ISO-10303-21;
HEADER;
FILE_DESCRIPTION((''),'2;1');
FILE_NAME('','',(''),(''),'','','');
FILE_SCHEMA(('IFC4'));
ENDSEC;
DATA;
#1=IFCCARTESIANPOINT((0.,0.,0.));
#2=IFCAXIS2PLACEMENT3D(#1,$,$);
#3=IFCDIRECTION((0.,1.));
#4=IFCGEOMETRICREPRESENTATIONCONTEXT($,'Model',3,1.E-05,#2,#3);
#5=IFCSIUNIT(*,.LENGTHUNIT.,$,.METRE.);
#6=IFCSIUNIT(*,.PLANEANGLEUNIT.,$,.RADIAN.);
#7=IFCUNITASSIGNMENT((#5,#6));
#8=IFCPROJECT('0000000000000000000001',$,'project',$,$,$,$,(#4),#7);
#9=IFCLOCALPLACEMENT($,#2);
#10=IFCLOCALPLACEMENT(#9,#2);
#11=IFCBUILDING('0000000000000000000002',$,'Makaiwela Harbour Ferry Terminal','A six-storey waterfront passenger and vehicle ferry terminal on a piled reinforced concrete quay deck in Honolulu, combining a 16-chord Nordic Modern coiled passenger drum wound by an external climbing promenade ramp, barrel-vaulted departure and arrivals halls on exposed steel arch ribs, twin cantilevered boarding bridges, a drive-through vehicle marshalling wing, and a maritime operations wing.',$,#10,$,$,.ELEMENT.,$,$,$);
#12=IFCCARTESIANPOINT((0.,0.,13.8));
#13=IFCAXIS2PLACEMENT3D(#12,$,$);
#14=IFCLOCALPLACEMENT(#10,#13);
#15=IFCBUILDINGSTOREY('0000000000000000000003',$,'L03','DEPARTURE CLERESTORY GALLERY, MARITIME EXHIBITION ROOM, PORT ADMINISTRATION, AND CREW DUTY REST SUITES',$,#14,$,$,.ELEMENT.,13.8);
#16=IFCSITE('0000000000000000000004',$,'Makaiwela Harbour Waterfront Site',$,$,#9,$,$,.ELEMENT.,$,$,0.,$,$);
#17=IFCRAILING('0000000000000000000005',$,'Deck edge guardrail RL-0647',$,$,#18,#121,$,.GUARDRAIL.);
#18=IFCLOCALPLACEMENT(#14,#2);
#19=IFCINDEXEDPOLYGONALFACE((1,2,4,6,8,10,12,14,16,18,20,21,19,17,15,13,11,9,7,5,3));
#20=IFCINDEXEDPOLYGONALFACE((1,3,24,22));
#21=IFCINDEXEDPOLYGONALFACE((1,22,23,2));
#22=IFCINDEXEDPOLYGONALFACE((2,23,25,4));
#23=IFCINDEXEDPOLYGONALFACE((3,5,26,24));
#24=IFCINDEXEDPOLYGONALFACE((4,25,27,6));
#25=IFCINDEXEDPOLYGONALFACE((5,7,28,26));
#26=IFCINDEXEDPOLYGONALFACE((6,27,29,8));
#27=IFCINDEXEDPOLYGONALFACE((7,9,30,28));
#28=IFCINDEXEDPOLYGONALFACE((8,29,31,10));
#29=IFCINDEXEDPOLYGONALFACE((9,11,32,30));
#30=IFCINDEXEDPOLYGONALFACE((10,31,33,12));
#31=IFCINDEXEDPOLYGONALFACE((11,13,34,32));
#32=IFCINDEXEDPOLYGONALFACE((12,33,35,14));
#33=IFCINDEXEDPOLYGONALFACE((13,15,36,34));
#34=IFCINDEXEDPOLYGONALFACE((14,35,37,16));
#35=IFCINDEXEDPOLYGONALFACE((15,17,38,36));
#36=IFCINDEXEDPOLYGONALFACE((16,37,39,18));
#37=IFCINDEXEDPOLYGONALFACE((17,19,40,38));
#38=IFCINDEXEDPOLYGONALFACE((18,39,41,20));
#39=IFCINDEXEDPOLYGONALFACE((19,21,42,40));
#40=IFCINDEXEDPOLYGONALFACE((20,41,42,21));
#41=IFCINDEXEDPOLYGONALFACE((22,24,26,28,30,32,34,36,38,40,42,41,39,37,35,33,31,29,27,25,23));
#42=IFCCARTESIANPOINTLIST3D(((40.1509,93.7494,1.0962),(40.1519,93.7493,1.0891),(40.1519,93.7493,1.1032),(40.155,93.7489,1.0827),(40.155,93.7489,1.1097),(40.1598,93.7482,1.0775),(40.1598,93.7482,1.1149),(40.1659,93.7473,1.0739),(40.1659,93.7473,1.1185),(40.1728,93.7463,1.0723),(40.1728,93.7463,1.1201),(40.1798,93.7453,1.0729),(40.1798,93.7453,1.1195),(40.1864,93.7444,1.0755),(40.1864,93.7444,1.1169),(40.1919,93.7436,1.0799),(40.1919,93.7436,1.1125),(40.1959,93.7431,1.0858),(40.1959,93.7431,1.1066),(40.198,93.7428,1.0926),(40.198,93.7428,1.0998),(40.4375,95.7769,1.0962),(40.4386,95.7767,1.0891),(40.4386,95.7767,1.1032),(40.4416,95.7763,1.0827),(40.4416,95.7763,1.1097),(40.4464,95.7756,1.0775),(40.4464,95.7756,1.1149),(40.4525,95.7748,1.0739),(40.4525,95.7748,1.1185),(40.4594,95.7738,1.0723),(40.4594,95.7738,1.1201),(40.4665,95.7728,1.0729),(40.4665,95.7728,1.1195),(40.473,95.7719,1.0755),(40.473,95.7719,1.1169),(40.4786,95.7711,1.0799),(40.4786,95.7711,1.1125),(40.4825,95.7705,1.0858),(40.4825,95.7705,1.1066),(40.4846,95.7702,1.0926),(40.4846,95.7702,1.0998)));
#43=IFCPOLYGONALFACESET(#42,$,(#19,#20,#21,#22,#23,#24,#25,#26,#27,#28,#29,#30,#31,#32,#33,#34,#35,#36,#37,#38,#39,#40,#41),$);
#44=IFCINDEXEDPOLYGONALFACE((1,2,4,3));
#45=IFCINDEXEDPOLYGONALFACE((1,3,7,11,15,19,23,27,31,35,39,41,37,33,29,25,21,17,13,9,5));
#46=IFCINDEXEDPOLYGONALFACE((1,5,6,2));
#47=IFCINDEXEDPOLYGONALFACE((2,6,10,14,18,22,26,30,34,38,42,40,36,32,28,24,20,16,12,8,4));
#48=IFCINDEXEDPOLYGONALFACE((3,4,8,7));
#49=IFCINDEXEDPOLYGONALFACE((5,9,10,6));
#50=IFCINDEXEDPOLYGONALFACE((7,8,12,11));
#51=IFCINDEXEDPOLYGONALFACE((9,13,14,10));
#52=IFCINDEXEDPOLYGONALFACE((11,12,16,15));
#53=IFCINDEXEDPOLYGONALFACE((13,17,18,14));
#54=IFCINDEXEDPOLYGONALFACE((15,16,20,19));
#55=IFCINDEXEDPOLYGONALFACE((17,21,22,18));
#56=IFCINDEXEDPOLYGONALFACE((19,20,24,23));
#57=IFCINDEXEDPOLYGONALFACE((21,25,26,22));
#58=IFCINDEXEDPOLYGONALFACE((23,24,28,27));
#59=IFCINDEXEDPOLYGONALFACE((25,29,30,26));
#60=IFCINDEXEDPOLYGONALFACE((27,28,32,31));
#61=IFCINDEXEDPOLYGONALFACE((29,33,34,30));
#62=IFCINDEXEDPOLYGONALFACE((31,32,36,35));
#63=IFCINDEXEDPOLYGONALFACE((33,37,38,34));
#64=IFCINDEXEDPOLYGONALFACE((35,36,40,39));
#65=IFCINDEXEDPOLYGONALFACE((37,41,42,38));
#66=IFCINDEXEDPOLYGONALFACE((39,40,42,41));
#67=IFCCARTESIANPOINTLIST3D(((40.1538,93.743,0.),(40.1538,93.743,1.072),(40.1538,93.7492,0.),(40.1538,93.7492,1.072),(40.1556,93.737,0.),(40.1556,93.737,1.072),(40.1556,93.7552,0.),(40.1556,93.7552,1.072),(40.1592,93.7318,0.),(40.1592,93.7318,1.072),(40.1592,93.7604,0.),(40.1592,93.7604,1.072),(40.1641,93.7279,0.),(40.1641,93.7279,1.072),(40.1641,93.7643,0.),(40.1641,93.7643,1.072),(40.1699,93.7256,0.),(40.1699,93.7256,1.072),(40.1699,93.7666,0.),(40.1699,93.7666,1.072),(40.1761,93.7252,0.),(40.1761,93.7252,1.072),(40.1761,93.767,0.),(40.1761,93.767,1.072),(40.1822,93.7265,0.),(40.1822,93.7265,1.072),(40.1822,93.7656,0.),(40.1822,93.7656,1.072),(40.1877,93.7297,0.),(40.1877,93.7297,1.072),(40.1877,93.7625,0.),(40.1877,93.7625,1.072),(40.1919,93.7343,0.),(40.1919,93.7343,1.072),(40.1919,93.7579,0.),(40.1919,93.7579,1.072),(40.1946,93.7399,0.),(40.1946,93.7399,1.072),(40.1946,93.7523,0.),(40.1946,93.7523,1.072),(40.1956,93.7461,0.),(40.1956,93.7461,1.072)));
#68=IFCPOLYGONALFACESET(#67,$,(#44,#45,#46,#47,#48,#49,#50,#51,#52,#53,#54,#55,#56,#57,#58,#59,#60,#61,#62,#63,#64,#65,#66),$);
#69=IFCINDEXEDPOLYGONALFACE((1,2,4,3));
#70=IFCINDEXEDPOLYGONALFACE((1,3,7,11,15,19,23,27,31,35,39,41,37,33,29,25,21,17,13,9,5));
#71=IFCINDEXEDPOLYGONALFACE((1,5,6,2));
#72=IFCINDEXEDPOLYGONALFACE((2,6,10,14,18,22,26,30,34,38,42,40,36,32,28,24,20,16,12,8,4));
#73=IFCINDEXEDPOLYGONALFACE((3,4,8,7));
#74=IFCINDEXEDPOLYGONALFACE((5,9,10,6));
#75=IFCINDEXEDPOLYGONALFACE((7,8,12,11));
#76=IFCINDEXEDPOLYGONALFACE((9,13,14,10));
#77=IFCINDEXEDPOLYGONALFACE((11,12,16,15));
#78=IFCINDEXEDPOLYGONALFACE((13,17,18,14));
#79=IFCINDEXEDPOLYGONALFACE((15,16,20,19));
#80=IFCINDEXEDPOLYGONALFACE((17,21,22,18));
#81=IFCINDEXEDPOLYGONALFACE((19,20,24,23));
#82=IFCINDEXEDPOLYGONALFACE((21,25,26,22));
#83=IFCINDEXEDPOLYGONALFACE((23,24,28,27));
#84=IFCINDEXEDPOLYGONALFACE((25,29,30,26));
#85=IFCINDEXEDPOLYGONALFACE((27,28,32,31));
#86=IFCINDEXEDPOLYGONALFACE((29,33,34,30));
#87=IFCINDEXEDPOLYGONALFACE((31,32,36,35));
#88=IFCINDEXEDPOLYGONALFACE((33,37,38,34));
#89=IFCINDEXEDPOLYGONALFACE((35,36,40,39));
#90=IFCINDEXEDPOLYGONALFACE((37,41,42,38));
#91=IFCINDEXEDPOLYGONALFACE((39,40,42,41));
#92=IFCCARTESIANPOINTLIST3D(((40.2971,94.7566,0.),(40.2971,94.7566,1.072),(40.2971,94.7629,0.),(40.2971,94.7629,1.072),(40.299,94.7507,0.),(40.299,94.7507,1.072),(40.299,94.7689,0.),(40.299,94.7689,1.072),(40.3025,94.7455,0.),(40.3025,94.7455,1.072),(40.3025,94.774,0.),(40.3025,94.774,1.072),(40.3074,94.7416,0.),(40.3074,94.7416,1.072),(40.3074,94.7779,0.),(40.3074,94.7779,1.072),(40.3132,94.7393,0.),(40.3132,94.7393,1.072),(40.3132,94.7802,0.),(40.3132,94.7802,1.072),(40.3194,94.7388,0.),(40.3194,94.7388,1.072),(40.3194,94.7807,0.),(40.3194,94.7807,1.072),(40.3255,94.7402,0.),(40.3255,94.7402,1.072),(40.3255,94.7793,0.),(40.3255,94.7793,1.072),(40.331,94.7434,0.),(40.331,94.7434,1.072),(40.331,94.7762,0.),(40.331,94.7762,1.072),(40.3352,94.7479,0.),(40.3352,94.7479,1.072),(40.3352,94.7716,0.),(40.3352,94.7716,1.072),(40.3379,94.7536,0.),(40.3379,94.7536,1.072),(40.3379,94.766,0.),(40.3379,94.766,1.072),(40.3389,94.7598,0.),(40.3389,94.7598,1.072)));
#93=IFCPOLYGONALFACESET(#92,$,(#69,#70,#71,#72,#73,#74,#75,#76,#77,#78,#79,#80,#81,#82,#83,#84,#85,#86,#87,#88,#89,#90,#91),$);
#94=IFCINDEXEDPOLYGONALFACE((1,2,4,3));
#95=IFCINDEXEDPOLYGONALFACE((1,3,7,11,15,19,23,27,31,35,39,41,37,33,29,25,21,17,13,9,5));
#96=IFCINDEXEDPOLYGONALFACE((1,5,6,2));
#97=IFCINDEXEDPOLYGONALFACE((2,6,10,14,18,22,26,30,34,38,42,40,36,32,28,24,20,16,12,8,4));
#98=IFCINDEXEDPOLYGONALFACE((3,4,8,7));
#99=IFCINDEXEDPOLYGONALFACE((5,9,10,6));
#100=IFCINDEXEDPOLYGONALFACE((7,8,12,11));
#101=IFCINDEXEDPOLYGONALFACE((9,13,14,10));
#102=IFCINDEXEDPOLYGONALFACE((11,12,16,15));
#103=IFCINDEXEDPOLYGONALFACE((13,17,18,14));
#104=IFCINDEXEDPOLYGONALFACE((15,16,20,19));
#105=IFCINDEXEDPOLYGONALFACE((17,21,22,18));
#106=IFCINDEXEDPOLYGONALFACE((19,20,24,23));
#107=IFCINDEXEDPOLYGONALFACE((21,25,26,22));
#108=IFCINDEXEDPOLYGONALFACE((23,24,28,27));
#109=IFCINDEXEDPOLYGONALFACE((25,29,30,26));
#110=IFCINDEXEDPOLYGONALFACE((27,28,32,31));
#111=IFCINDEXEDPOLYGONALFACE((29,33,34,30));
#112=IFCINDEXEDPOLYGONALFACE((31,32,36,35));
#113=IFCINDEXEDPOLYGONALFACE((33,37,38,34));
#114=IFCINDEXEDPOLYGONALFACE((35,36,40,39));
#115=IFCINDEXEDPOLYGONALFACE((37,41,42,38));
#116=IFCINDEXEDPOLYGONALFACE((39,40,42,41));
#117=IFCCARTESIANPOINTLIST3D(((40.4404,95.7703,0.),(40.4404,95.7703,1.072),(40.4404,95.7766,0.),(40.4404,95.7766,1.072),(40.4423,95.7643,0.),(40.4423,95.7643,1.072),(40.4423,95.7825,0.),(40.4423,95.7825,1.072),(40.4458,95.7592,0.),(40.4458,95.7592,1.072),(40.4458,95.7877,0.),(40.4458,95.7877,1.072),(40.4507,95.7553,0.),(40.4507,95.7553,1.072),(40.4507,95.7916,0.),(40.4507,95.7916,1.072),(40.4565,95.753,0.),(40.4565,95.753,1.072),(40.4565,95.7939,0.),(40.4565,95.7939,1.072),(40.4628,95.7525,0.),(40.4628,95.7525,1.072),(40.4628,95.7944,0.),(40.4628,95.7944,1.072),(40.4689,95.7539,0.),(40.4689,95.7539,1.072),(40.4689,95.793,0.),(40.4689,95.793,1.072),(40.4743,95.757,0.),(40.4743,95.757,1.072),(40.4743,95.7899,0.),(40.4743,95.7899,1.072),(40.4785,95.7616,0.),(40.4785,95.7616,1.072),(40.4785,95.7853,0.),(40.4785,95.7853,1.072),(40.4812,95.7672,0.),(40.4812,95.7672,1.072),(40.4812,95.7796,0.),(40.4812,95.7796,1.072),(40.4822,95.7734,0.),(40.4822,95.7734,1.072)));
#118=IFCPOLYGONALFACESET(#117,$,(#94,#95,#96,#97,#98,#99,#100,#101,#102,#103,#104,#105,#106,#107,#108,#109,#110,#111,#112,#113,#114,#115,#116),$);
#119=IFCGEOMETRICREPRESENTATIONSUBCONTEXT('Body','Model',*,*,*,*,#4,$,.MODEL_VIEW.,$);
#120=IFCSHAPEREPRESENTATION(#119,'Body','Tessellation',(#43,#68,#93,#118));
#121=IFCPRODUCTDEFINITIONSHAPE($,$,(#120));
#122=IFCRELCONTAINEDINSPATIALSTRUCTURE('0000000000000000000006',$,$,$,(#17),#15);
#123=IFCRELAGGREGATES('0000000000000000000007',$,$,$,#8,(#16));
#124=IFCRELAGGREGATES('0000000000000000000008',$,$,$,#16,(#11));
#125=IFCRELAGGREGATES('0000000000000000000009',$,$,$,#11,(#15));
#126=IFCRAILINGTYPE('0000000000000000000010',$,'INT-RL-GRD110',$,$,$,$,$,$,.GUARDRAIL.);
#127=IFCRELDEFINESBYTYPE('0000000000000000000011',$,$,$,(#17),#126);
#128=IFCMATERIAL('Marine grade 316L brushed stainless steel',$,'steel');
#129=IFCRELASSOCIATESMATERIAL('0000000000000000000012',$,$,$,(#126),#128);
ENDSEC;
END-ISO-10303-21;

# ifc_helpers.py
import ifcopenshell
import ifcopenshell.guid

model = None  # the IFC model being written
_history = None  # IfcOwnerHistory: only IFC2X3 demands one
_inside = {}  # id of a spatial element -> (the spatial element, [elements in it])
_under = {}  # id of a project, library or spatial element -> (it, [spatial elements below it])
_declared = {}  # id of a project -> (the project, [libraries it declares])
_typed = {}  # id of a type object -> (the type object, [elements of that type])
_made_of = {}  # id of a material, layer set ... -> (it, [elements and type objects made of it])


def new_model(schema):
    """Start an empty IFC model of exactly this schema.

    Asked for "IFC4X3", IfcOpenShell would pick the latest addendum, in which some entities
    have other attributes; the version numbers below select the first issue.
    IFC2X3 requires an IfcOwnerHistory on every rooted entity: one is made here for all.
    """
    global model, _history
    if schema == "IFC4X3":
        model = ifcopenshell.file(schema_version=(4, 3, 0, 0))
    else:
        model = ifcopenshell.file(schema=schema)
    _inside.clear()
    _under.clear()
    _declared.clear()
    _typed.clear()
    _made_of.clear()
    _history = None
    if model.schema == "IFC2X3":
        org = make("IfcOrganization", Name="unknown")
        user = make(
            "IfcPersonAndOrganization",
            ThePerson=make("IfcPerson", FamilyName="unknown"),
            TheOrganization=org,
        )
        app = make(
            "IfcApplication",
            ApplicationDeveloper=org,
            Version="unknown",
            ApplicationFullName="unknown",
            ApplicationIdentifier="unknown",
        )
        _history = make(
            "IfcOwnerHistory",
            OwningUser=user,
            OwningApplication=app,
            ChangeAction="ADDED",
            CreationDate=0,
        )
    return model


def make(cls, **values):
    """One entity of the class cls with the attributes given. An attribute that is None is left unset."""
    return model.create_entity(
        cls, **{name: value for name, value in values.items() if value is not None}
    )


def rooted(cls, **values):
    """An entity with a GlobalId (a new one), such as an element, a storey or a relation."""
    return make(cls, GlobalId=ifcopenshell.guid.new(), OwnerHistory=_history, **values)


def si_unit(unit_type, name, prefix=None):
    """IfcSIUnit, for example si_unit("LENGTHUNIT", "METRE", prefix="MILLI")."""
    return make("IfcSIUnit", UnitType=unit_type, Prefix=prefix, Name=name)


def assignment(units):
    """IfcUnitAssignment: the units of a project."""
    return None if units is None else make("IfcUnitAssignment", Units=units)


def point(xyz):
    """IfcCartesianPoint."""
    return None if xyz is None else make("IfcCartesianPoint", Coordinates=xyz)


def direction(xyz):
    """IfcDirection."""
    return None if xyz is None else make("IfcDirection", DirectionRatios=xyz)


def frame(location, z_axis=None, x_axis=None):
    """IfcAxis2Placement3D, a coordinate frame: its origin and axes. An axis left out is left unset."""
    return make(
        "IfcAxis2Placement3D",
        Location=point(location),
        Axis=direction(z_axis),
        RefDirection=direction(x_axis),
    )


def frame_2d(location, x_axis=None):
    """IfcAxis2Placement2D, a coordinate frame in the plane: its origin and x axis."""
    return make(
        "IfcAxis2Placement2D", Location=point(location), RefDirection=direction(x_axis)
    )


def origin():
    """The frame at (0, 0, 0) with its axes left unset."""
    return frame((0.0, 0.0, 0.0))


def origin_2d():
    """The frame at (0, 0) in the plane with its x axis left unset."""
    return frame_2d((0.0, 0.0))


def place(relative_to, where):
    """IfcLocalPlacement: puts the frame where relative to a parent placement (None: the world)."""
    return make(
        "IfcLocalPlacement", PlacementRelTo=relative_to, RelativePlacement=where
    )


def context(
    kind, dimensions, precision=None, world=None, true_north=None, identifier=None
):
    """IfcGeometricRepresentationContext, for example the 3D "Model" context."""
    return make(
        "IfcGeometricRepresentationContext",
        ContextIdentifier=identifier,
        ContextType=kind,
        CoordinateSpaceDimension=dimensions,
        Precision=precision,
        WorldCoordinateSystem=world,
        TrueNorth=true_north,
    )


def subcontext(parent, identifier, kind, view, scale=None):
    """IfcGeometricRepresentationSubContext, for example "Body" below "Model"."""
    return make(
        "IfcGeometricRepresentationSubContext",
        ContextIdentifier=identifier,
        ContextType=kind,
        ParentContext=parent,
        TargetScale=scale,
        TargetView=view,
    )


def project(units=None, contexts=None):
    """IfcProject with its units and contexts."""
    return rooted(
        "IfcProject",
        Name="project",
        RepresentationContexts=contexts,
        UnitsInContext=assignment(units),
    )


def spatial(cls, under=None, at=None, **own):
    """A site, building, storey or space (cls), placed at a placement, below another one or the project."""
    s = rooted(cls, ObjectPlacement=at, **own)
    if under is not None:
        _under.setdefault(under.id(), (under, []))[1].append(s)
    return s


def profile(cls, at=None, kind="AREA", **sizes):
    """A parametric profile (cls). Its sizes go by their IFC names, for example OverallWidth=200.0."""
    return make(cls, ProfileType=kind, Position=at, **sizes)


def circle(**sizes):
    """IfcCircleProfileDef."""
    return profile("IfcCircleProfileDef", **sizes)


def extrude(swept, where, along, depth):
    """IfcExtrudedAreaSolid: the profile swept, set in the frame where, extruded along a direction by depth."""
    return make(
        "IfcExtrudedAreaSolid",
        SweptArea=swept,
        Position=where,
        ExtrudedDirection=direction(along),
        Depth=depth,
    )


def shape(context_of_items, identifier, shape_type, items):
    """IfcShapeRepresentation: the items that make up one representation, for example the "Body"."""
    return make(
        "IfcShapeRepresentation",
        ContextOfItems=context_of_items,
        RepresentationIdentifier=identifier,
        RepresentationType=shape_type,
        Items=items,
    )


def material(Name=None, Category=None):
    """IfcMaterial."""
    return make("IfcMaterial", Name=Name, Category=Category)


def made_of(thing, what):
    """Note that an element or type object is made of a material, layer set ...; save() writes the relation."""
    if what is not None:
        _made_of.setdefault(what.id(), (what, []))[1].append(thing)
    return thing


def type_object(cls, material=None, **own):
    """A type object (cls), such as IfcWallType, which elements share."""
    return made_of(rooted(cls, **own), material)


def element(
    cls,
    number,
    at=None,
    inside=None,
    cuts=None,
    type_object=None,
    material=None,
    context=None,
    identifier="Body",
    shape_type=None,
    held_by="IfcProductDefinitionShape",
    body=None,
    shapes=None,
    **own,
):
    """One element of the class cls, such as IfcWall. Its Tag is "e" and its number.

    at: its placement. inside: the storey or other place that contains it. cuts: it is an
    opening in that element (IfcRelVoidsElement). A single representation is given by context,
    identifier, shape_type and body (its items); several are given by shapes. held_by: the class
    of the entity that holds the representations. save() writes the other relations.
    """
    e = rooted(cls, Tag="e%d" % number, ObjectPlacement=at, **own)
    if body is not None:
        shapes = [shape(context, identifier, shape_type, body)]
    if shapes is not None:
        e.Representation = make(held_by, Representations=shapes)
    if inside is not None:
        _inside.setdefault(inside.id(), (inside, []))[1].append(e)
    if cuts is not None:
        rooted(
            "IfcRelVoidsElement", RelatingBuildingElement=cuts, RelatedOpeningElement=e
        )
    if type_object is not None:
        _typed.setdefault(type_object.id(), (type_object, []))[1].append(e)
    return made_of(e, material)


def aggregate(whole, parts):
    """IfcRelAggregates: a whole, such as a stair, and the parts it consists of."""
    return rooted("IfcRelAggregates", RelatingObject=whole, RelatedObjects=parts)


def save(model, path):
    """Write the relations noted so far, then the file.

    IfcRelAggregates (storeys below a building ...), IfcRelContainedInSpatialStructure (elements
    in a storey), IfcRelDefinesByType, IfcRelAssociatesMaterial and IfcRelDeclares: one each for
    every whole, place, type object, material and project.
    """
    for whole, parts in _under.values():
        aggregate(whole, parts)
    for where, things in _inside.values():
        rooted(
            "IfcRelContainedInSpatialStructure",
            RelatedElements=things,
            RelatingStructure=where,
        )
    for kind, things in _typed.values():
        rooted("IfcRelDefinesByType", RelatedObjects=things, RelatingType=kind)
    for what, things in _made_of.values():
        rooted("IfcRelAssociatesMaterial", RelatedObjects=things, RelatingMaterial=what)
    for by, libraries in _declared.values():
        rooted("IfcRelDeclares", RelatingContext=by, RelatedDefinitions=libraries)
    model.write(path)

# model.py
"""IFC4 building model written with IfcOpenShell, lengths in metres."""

from ifc_helpers import new_model, si_unit, direction, frame, origin, origin_2d, place, context, subcontext, project, spatial, circle, extrude, material, type_object, element, save


model = new_model("IFC4")

# Units and contexts
model_context = context("Model", 3, precision=1e-05, world=origin(), true_north=direction((0.0, 1.0)))
body_context = subcontext(model_context, "Body", "Model", "MODEL_VIEW")
ifc_project = project(units=[si_unit("LENGTHUNIT", "METRE"), si_unit("PLANEANGLEUNIT", "RADIAN")], contexts=[model_context])

# Site, building, storey
site_placement = place(None, origin())
site = spatial("IfcSite", under=ifc_project, at=site_placement, Name="Makaiwela Harbour Waterfront Site", CompositionType="ELEMENT", RefElevation=0.0)
building_placement = place(site_placement, origin())
building = spatial("IfcBuilding", under=site, at=building_placement, Name="Makaiwela Harbour Ferry Terminal", Description="A six-storey waterfront passenger and vehicle ferry terminal on a piled reinforced concrete quay deck in Honolulu, combining a 16-chord Nordic Modern coiled passenger drum wound by an external climbing promenade ramp, barrel-vaulted departure and arrivals halls on exposed steel arch ribs, twin cantilevered boarding bridges, a drive-through vehicle marshalling wing, and a maritime operations wing.", CompositionType="ELEMENT")
storey_placement = place(building_placement, frame((0.0, 0.0, 13.8)))
storey = spatial("IfcBuildingStorey", under=building, at=storey_placement, Name="L03", Description="DEPARTURE CLERESTORY GALLERY, MARITIME EXHIBITION ROOM, PORT ADMINISTRATION, AND CREW DUTY REST SUITES", CompositionType="ELEMENT", Elevation=13.8)

# Railing
ifc_material_1 = material(Name="Marine grade 316L brushed stainless steel", Category="steel")
railing_type_1 = type_object("IfcRailingType", Name="INT-RL-GRD110", PredefinedType="GUARDRAIL", material=ifc_material_1)
railing_1_placement = place(storey_placement, frame((40.1746, 93.7461, 0.0)))
element("IfcRailing", 1, at=railing_1_placement, inside=storey, type_object=railing_type_1, Name="Deck edge guardrail RL-0647", PredefinedType="GUARDRAIL", context=body_context, shape_type="SweptSolid", body=[
    extrude(circle(Radius=0.0239, at=origin_2d()), frame((0.0, 0.0, 1.0962), z_axis=(0.139986, 0.990154, 0.0), x_axis=(-0.990154, 0.139986, 0.0)), (0.0, 0.0, 1.0), 2.0476),
    extrude(circle(Radius=0.021, at=origin_2d()), origin(), (0.0, 0.0, 1.0), 1.072),
    extrude(circle(Radius=0.021, at=origin_2d()), frame((0.1433, 1.0137, 0.0)), (0.0, 0.0, 1.0), 1.072),
    extrude(circle(Radius=0.021, at=origin_2d()), frame((0.2866, 2.0273, 0.0)), (0.0, 0.0, 1.0), 1.072),
])

save(model, "model.ifc")
